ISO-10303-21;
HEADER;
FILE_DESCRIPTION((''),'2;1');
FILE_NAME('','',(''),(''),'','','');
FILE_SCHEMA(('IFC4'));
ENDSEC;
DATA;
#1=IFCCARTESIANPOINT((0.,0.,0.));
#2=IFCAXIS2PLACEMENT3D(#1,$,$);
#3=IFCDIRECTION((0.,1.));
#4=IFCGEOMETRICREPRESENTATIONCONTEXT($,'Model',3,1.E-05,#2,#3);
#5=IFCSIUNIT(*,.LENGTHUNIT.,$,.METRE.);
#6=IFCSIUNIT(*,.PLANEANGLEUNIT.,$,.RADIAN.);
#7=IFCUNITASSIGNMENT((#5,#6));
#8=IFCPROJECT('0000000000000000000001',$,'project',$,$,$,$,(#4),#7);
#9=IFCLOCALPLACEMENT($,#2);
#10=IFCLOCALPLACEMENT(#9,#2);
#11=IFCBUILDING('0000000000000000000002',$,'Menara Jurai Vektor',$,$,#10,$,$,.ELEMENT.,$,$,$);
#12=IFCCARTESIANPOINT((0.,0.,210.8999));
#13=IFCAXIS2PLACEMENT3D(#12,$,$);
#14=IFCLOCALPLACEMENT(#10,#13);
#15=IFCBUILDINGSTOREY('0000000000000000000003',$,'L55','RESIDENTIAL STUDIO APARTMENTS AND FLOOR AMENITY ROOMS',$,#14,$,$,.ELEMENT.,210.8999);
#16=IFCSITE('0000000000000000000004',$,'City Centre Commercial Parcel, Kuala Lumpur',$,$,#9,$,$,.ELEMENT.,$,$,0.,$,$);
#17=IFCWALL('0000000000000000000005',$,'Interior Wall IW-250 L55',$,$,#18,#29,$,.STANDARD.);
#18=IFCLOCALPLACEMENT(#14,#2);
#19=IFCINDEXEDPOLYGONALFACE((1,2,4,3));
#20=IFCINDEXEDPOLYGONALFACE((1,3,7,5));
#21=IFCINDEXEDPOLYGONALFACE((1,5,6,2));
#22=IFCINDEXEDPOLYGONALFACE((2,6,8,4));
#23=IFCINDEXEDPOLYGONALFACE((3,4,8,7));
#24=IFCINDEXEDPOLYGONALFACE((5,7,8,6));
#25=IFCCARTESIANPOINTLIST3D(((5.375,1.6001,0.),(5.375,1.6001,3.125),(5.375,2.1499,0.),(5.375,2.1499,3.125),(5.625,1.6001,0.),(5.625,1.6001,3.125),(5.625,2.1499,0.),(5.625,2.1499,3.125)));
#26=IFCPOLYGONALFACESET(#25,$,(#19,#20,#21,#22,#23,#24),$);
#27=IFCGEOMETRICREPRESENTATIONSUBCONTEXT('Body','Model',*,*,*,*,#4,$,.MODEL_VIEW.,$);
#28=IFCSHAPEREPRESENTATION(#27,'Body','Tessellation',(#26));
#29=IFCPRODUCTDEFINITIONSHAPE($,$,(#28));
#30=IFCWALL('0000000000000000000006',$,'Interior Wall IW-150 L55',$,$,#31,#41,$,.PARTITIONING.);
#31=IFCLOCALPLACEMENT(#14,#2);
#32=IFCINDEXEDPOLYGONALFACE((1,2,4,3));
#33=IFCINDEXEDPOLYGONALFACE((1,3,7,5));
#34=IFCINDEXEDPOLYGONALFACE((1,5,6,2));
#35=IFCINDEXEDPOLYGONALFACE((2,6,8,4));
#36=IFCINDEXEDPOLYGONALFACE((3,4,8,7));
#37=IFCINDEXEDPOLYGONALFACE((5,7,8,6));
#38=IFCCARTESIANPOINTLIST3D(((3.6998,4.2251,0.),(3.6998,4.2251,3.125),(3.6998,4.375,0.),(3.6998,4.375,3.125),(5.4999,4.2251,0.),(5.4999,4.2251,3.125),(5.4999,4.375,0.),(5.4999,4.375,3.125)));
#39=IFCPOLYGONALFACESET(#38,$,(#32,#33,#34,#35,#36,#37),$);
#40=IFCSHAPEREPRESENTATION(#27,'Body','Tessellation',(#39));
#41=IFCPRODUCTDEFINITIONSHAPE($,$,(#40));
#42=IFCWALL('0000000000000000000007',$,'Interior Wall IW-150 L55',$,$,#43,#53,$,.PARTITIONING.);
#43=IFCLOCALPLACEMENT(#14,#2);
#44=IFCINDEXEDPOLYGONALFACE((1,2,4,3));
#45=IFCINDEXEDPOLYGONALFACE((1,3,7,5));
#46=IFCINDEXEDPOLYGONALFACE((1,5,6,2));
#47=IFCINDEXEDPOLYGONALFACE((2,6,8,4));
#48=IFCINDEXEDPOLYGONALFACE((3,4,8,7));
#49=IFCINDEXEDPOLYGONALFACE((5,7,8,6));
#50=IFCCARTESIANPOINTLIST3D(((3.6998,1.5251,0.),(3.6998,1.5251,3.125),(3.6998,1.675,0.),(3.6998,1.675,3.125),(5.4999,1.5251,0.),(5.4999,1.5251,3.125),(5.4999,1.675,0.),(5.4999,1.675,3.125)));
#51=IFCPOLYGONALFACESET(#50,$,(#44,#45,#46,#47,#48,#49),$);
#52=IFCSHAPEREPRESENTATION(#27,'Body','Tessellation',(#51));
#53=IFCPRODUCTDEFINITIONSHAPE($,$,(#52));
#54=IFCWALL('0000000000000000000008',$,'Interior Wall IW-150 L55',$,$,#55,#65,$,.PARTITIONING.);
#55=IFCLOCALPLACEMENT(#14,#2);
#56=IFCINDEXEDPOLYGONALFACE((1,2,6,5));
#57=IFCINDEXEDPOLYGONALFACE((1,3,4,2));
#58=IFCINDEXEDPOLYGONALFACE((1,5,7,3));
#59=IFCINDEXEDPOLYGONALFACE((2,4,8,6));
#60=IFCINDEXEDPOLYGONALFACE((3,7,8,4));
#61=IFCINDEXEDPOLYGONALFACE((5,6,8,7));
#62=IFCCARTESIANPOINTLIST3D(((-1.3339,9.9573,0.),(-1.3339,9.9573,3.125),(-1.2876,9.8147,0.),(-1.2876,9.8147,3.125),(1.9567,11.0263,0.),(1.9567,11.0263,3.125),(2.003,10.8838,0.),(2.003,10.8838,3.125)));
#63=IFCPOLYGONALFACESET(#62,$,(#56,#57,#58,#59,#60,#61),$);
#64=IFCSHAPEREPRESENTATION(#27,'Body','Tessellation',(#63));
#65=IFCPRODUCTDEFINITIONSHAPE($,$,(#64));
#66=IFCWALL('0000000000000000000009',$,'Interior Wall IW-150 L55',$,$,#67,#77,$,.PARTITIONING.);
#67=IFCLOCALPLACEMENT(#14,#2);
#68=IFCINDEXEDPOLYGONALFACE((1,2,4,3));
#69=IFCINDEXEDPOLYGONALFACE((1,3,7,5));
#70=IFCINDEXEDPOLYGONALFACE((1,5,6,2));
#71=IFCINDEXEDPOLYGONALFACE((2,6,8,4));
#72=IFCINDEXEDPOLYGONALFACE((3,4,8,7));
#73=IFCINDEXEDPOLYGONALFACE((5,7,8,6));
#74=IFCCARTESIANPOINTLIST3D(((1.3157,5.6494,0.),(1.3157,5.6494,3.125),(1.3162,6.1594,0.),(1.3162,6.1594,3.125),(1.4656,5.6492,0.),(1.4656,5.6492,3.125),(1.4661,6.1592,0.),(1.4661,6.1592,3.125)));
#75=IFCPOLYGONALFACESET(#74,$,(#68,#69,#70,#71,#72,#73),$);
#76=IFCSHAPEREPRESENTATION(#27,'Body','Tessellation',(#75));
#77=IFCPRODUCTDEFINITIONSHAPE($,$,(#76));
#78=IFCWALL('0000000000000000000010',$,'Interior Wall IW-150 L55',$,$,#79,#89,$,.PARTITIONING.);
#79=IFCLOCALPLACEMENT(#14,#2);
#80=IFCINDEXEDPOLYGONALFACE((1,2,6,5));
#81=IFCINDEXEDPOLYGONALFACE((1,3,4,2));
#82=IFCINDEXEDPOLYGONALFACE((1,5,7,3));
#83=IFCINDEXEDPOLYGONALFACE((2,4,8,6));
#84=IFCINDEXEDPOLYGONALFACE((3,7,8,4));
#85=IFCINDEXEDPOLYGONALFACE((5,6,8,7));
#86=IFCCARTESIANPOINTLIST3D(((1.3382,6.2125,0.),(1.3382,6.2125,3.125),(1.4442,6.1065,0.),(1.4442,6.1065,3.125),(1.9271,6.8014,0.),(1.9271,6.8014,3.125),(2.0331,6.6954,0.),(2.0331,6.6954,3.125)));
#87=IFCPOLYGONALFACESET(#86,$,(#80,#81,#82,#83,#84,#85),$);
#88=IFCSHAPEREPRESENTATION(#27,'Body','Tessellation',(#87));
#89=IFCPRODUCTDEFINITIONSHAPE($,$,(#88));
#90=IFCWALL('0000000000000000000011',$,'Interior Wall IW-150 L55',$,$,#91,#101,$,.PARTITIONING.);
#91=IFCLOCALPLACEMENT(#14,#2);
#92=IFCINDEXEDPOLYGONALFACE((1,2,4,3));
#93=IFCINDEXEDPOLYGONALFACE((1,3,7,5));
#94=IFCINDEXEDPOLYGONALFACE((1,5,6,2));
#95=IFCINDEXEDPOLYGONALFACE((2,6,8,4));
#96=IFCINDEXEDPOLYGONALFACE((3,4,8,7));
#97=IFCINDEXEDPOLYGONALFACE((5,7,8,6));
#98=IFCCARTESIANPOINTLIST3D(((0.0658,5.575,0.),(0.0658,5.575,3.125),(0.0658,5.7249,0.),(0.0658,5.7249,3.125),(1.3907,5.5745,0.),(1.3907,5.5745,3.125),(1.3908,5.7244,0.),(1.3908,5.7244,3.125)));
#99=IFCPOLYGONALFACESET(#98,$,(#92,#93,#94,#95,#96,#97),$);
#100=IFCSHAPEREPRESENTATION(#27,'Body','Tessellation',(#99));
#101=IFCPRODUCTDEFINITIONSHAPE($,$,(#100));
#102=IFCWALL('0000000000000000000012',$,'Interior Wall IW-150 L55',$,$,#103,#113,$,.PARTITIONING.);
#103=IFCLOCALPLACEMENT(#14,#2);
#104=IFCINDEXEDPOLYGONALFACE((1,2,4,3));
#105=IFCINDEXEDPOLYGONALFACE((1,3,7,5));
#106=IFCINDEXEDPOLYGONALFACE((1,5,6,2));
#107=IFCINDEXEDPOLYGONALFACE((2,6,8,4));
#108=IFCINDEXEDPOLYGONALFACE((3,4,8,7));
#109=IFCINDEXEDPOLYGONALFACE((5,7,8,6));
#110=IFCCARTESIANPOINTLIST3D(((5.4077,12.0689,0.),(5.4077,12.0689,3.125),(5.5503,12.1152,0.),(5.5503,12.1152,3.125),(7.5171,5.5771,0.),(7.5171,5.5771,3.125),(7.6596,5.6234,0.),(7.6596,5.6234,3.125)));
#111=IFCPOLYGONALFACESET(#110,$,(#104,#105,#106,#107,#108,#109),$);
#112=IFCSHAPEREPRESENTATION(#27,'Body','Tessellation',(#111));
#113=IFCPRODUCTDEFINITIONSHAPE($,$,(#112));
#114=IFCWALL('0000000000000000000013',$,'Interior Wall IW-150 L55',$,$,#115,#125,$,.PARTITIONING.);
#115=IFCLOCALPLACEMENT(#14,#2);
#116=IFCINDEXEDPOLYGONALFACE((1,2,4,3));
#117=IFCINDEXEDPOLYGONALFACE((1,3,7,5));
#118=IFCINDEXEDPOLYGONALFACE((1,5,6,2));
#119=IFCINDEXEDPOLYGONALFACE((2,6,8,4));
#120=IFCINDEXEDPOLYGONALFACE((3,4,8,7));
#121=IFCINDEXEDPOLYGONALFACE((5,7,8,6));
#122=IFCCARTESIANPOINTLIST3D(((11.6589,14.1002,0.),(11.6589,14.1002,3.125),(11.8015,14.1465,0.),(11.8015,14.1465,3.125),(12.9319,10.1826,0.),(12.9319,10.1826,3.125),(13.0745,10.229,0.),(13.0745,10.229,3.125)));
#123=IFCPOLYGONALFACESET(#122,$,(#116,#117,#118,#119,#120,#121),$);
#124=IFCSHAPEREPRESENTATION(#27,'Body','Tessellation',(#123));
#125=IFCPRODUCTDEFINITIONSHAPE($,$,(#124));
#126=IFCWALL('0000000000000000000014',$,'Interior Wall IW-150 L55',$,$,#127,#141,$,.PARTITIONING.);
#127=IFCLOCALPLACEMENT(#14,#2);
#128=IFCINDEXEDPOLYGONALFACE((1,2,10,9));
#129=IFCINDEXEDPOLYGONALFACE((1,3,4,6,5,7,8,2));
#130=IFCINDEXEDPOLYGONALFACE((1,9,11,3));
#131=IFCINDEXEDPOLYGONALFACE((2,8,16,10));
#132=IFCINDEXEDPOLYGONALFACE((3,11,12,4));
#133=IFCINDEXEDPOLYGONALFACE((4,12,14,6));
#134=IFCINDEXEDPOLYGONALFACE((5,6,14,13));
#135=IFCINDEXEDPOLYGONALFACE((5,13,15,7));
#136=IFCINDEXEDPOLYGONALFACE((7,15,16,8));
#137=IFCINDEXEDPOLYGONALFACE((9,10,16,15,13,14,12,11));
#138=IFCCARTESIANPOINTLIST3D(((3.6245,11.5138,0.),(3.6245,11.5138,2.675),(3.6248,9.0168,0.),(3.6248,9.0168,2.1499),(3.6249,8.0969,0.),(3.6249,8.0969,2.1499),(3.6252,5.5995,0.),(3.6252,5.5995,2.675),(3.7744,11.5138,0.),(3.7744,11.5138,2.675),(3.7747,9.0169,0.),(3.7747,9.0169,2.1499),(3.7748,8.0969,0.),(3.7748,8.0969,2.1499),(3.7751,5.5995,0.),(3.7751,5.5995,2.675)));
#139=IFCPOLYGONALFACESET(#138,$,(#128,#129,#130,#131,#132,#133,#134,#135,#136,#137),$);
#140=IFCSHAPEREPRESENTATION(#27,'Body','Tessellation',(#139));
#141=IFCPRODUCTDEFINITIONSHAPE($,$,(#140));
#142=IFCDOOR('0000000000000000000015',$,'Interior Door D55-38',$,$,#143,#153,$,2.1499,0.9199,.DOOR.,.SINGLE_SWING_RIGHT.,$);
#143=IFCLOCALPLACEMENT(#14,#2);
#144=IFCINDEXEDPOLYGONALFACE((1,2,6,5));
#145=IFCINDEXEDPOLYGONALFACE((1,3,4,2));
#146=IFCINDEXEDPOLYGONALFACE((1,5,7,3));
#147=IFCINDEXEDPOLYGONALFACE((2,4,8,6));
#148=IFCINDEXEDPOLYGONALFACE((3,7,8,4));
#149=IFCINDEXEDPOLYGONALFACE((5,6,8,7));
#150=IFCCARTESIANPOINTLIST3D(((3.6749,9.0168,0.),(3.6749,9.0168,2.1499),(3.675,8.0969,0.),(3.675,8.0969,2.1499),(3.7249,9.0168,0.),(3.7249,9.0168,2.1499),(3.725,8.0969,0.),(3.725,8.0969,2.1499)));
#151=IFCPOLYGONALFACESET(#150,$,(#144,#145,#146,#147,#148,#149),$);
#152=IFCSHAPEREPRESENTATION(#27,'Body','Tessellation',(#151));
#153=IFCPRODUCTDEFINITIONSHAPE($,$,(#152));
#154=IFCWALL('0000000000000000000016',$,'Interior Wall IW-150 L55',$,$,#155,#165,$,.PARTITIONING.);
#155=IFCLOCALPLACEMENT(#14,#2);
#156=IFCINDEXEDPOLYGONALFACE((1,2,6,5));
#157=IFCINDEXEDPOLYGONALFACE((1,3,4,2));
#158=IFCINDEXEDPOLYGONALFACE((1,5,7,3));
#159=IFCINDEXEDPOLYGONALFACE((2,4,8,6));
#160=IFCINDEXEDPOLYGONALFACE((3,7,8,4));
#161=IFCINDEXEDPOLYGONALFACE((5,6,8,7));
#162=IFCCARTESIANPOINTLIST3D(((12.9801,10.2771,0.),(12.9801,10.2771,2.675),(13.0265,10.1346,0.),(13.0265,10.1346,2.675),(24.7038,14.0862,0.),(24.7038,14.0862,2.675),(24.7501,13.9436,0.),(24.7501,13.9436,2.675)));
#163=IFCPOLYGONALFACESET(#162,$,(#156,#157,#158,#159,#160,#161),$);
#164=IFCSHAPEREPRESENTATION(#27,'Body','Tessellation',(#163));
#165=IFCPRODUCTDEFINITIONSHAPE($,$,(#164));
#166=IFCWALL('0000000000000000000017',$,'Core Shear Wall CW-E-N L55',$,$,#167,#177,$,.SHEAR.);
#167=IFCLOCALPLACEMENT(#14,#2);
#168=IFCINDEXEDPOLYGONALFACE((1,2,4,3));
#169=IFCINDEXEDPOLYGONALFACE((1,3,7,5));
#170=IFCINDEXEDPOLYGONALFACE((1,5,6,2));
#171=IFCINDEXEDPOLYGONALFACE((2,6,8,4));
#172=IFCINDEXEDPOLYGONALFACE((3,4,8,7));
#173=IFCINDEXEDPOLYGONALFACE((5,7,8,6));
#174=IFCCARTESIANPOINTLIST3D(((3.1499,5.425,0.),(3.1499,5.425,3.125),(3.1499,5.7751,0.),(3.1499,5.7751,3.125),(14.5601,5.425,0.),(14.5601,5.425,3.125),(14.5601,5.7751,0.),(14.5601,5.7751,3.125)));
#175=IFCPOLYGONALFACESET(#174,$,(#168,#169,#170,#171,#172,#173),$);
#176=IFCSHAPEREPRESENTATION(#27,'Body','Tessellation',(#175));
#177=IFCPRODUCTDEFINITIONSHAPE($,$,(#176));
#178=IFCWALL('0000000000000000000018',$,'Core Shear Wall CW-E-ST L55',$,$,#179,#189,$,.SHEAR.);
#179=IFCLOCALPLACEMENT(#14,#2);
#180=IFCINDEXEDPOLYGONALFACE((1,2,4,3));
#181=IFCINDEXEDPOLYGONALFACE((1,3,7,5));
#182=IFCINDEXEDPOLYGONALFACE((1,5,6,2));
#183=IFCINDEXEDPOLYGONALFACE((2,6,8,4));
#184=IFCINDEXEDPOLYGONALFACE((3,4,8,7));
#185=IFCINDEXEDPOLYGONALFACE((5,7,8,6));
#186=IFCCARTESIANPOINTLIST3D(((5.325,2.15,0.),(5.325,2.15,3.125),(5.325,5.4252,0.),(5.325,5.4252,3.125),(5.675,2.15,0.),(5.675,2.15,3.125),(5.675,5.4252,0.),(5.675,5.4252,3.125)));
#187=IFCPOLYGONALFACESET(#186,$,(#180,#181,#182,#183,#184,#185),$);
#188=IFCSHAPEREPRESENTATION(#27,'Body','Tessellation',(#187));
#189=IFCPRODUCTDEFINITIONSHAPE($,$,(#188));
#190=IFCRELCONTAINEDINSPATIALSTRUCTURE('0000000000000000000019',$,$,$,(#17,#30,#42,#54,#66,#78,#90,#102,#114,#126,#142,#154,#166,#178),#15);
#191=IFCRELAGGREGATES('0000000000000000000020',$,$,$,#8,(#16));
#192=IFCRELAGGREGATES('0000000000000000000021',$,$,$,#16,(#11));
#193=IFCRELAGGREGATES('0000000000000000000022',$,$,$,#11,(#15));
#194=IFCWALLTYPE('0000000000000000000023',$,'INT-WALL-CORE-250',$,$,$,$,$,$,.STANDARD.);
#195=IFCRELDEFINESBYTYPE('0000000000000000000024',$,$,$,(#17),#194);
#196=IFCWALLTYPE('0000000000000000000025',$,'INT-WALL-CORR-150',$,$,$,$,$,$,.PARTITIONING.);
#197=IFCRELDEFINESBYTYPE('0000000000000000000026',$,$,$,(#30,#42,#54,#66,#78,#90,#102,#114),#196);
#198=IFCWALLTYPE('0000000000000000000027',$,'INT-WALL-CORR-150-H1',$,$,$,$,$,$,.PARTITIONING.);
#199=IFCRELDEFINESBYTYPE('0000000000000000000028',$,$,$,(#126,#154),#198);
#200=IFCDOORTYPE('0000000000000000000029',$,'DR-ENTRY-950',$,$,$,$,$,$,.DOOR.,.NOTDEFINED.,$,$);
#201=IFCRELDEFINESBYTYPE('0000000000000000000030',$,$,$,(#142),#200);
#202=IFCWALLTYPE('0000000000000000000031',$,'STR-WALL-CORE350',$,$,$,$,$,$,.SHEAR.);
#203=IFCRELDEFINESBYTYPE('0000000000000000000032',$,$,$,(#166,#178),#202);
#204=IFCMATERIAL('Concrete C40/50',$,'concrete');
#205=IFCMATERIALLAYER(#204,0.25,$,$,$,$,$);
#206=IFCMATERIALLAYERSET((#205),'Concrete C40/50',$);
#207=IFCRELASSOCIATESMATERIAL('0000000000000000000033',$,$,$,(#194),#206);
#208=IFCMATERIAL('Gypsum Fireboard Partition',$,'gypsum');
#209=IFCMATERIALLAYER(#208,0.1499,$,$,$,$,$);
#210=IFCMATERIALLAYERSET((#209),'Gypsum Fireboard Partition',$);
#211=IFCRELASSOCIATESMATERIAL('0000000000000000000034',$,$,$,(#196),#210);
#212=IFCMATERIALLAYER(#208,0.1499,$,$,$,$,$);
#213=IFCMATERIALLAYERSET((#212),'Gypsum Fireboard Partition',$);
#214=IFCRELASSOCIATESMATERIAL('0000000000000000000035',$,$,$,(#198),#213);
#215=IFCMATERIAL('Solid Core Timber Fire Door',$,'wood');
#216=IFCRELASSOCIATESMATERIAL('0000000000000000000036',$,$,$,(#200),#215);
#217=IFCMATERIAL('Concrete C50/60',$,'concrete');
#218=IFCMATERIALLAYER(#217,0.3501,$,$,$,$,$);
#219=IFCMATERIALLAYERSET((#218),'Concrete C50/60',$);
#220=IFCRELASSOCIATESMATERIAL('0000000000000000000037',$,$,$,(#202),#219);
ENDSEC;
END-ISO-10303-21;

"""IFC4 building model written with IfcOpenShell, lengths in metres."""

from ifc_helpers import new_model, si_unit, direction, frame, frame_2d, origin, place, context, subcontext, project, spatial, rectangle, extrude, material, layer, layer_set, type_object, element, fill, save


model = new_model("IFC4")

# Units and contexts
model_context = context("Model", 3, precision=1e-05, world=origin(), true_north=direction((0.0, 1.0)))
body_context = subcontext(model_context, "Body", "Model", "MODEL_VIEW")
ifc_project = project(units=[si_unit("LENGTHUNIT", "METRE"), si_unit("PLANEANGLEUNIT", "RADIAN")], contexts=[model_context])

# Site, building, storey
site_placement = place(None, origin())
site = spatial("IfcSite", under=ifc_project, at=site_placement, Name="City Centre Commercial Parcel, Kuala Lumpur", CompositionType="ELEMENT", RefElevation=0.0)
building_placement = place(site_placement, origin())
building = spatial("IfcBuilding", under=site, at=building_placement, Name="Menara Jurai Vektor", CompositionType="ELEMENT")
storey_placement = place(building_placement, frame((0.0, 0.0, 210.8999)))
storey = spatial("IfcBuildingStorey", under=building, at=storey_placement, Name="L55", Description="RESIDENTIAL STUDIO APARTMENTS AND FLOOR AMENITY ROOMS", CompositionType="ELEMENT", Elevation=210.8999)

# Shared definitions
ifc_material_1 = material(Name="Concrete C50/60", Category="concrete")

# Shared definitions
ifc_material_2 = material(Name="Concrete C40/50", Category="concrete")

# Shared definitions
ifc_layer_1 = layer(ifc_material_2, 0.25)
ifc_layer_set_1 = layer_set([ifc_layer_1], Name="Concrete C40/50")
wall_type_1 = type_object("IfcWallType", Name="INT-WALL-CORE-250", PredefinedType="STANDARD", material=ifc_layer_set_1)

# Walls
wall_1_placement = place(storey_placement, frame((5.5, 1.6001, 0.0), z_axis=(0.0, 0.0, 1.0), x_axis=(0.0, 1.0, 0.0)))
element("IfcWall", 1, at=wall_1_placement, inside=storey, type_object=wall_type_1, Name="Interior Wall IW-250 L55", PredefinedType="STANDARD", context=body_context, shape_type="SweptSolid", body=[
    extrude(rectangle(XDim=0.5498, YDim=0.25, at=frame_2d((0.2749, 0.0))), origin(), (0.0, 0.0, 1.0), 3.125),
])
ifc_material_3 = material(Name="Gypsum Fireboard Partition", Category="gypsum")
ifc_layer_2 = layer(ifc_material_3, 0.1499)
ifc_layer_set_2 = layer_set([ifc_layer_2], Name="Gypsum Fireboard Partition")
wall_type_2 = type_object("IfcWallType", Name="INT-WALL-CORR-150", PredefinedType="PARTITIONING", material=ifc_layer_set_2)
for number, where, z_axis, x_axis, name in (
    (2, (3.7, 4.3, 0.0), (0.0, 0.0, 1.0), (1.0, 0.0, 0.0), "Interior Wall IW-150 L55"),
    (3, (3.7, 1.6001, 0.0), (0.0, 0.0, 1.0), (1.0, 0.0, 0.0), "Interior Wall IW-150 L55"),
):
    element("IfcWall", number, at=place(storey_placement, frame(where, z_axis=z_axis, x_axis=x_axis)), inside=storey, type_object=wall_type_2, Name=name, PredefinedType="PARTITIONING", context=body_context, shape_type="SweptSolid", body=[
        extrude(rectangle(XDim=1.8, YDim=0.1499, at=frame_2d((0.8999, 0.0))), origin(), (0.0, 0.0, 1.0), 3.125),
    ])
wall_2_placement = place(storey_placement, frame((-1.3108, 9.886, 0.0), z_axis=(0.0, 0.0, 1.0), x_axis=(0.951069, 0.308979, 0.0)))
element("IfcWall", 4, at=wall_2_placement, inside=storey, type_object=wall_type_2, Name="Interior Wall IW-150 L55", PredefinedType="PARTITIONING", context=body_context, shape_type="SweptSolid", body=[
    extrude(rectangle(XDim=3.46, YDim=0.1499, at=frame_2d((1.73, 0.0))), origin(), (0.0, 0.0, 1.0), 3.125),
])
wall_3_placement = place(storey_placement, frame((1.3906, 5.6494, 0.0), z_axis=(0.0, 0.0, 1.0), x_axis=(0.000957, 1.0, 0.0)))
element("IfcWall", 5, at=wall_3_placement, inside=storey, type_object=wall_type_2, Name="Interior Wall IW-150 L55", PredefinedType="PARTITIONING", context=body_context, shape_type="SweptSolid", body=[
    extrude(rectangle(XDim=0.51, YDim=0.1499, at=frame_2d((0.2549, 0.0))), origin(), (0.0, 0.0, 1.0), 3.125),
])
wall_4_placement = place(storey_placement, frame((1.3911, 6.1594, 0.0), z_axis=(0.0, 0.0, 1.0), x_axis=(0.707107, 0.707107, 0.0)))
element("IfcWall", 6, at=wall_4_placement, inside=storey, type_object=wall_type_2, Name="Interior Wall IW-150 L55", PredefinedType="PARTITIONING", context=body_context, shape_type="SweptSolid", body=[
    extrude(rectangle(XDim=0.8328, YDim=0.1499, at=frame_2d((0.4165, 0.0))), origin(), (0.0, 0.0, 1.0), 3.125),
])
wall_5_placement = place(storey_placement, frame((0.0657, 5.6499, 0.0), z_axis=(0.0, 0.0, 1.0), x_axis=(1.0, -0.000369, 0.0)))
element("IfcWall", 7, at=wall_5_placement, inside=storey, type_object=wall_type_2, Name="Interior Wall IW-150 L55", PredefinedType="PARTITIONING", context=body_context, shape_type="SweptSolid", body=[
    extrude(rectangle(XDim=1.325, YDim=0.1499, at=frame_2d((0.6626, 0.0))), origin(), (0.0, 0.0, 1.0), 3.125),
])
wall_6_placement = place(storey_placement, frame((7.5884, 5.6001, 0.0), z_axis=(0.0, 0.0, 1.0), x_axis=(-0.309019, 0.951056, 0.0)))
element("IfcWall", 8, at=wall_6_placement, inside=storey, type_object=wall_type_2, Name="Interior Wall IW-150 L55", PredefinedType="PARTITIONING", context=body_context, shape_type="SweptSolid", body=[
    extrude(rectangle(XDim=6.8259, YDim=0.1499, at=frame_2d((3.4131, 0.0))), origin(), (0.0, 0.0, 1.0), 3.125),
])
wall_7_placement = place(storey_placement, frame((13.0032, 10.2058, 0.0), z_axis=(0.0, 0.0, 1.0), x_axis=(-0.309035, 0.951051, 0.0)))
element("IfcWall", 9, at=wall_7_placement, inside=storey, type_object=wall_type_2, Name="Interior Wall IW-150 L55", PredefinedType="PARTITIONING", context=body_context, shape_type="SweptSolid", body=[
    extrude(rectangle(XDim=4.1191, YDim=0.1499, at=frame_2d((2.0596, 0.0))), origin(), (0.0, 0.0, 1.0), 3.125),
])

# Wall, opening, door
ifc_layer_3 = layer(ifc_material_3, 0.1499)
ifc_layer_set_3 = layer_set([ifc_layer_3], Name="Gypsum Fireboard Partition")
wall_type_3 = type_object("IfcWallType", Name="INT-WALL-CORR-150-H1", PredefinedType="PARTITIONING", material=ifc_layer_set_3)
wall_8_placement = place(storey_placement, frame((3.7002, 5.5996, 0.0), z_axis=(0.0, 0.0, 1.0), x_axis=(-0.000124, 1.0, 0.0)))
wall_8 = element("IfcWall", 10, at=wall_8_placement, inside=storey, type_object=wall_type_3, Name="Interior Wall IW-150 L55", PredefinedType="PARTITIONING", context=body_context, shape_type="SweptSolid", body=[
    extrude(rectangle(XDim=5.9143, YDim=0.1499, at=frame_2d((2.957, 0.0))), origin(), (0.0, 0.0, 1.0), 2.675),
])
opening_1_placement = place(wall_8_placement, frame((2.4973, 0.0, 0.0)))
opening_1 = element("IfcOpeningElement", 11, at=opening_1_placement, cuts=wall_8, PredefinedType="OPENING", context=body_context, shape_type="SweptSolid", body=[
    extrude(rectangle(XDim=0.9199, YDim=2.1499, at=frame_2d((0.46, 1.075))), frame((0.0, 0.085, 0.0), z_axis=(0.0, -1.0, 0.0), x_axis=(1.0, 0.0, 0.0)), (0.0, 0.0, 1.0), 0.1699),
])
ifc_material_4 = material(Name="Solid Core Timber Fire Door", Category="wood")
door_type_1 = type_object("IfcDoorType", Name="DR-ENTRY-950", OperationType="NOTDEFINED", PredefinedType="DOOR", material=ifc_material_4)
door_1_placement = place(opening_1_placement, origin())
door_1 = element("IfcDoor", 12, at=door_1_placement, inside=storey, type_object=door_type_1, Name="Interior Door D55-38", OperationType="SINGLE_SWING_RIGHT", OverallHeight=2.1499, OverallWidth=0.9199, PredefinedType="DOOR", context=body_context, shape_type="SweptSolid", body=[
    extrude(rectangle(XDim=0.9199, YDim=2.1499, at=frame_2d((0.46, 1.075))), frame((0.0, 0.0249, 0.0), z_axis=(0.0, -1.0, 0.0), x_axis=(1.0, 0.0, 0.0)), (0.0, 0.0, 1.0), 0.05),
])
fill(opening_1, door_1)

# Walls
wall_9_placement = place(storey_placement, frame((13.0032, 10.2058, 0.0), z_axis=(0.0, 0.0, 1.0), x_axis=(0.95106, 0.309005, 0.0)))
element("IfcWall", 13, at=wall_9_placement, inside=storey, type_object=wall_type_3, Name="Interior Wall IW-150 L55", PredefinedType="PARTITIONING", context=body_context, shape_type="SweptSolid", body=[
    extrude(rectangle(XDim=12.3269, YDim=0.1499, at=frame_2d((6.1636, 0.0))), origin(), (0.0, 0.0, 1.0), 2.675),
])
ifc_layer_4 = layer(ifc_material_1, 0.3501)
ifc_layer_set_4 = layer_set([ifc_layer_4], Name="Concrete C50/60")
wall_type_4 = type_object("IfcWallType", Name="STR-WALL-CORE350", PredefinedType="SHEAR", material=ifc_layer_set_4)
wall_10_placement = place(storey_placement, frame((3.1499, 5.6001, 0.0), z_axis=(0.0, 0.0, 1.0), x_axis=(1.0, 0.0, 0.0)))
element("IfcWall", 14, at=wall_10_placement, inside=storey, type_object=wall_type_4, Name="Core Shear Wall CW-E-N L55", PredefinedType="SHEAR", context=body_context, shape_type="SweptSolid", body=[
    extrude(rectangle(XDim=11.4102, YDim=0.3501, at=frame_2d((5.7051, 0.0))), origin(), (0.0, 0.0, 1.0), 3.125),
])
wall_11_placement = place(storey_placement, frame((5.5, 2.1499, 0.0), z_axis=(0.0, 0.0, 1.0), x_axis=(0.0, 1.0, 0.0)))
element("IfcWall", 15, at=wall_11_placement, inside=storey, type_object=wall_type_4, Name="Core Shear Wall CW-E-ST L55", PredefinedType="SHEAR", context=body_context, shape_type="SweptSolid", body=[
    extrude(rectangle(XDim=3.2751, YDim=0.3501, at=frame_2d((1.6377, 0.0))), origin(), (0.0, 0.0, 1.0), 3.125),
])

save(model, "model.ifc")
